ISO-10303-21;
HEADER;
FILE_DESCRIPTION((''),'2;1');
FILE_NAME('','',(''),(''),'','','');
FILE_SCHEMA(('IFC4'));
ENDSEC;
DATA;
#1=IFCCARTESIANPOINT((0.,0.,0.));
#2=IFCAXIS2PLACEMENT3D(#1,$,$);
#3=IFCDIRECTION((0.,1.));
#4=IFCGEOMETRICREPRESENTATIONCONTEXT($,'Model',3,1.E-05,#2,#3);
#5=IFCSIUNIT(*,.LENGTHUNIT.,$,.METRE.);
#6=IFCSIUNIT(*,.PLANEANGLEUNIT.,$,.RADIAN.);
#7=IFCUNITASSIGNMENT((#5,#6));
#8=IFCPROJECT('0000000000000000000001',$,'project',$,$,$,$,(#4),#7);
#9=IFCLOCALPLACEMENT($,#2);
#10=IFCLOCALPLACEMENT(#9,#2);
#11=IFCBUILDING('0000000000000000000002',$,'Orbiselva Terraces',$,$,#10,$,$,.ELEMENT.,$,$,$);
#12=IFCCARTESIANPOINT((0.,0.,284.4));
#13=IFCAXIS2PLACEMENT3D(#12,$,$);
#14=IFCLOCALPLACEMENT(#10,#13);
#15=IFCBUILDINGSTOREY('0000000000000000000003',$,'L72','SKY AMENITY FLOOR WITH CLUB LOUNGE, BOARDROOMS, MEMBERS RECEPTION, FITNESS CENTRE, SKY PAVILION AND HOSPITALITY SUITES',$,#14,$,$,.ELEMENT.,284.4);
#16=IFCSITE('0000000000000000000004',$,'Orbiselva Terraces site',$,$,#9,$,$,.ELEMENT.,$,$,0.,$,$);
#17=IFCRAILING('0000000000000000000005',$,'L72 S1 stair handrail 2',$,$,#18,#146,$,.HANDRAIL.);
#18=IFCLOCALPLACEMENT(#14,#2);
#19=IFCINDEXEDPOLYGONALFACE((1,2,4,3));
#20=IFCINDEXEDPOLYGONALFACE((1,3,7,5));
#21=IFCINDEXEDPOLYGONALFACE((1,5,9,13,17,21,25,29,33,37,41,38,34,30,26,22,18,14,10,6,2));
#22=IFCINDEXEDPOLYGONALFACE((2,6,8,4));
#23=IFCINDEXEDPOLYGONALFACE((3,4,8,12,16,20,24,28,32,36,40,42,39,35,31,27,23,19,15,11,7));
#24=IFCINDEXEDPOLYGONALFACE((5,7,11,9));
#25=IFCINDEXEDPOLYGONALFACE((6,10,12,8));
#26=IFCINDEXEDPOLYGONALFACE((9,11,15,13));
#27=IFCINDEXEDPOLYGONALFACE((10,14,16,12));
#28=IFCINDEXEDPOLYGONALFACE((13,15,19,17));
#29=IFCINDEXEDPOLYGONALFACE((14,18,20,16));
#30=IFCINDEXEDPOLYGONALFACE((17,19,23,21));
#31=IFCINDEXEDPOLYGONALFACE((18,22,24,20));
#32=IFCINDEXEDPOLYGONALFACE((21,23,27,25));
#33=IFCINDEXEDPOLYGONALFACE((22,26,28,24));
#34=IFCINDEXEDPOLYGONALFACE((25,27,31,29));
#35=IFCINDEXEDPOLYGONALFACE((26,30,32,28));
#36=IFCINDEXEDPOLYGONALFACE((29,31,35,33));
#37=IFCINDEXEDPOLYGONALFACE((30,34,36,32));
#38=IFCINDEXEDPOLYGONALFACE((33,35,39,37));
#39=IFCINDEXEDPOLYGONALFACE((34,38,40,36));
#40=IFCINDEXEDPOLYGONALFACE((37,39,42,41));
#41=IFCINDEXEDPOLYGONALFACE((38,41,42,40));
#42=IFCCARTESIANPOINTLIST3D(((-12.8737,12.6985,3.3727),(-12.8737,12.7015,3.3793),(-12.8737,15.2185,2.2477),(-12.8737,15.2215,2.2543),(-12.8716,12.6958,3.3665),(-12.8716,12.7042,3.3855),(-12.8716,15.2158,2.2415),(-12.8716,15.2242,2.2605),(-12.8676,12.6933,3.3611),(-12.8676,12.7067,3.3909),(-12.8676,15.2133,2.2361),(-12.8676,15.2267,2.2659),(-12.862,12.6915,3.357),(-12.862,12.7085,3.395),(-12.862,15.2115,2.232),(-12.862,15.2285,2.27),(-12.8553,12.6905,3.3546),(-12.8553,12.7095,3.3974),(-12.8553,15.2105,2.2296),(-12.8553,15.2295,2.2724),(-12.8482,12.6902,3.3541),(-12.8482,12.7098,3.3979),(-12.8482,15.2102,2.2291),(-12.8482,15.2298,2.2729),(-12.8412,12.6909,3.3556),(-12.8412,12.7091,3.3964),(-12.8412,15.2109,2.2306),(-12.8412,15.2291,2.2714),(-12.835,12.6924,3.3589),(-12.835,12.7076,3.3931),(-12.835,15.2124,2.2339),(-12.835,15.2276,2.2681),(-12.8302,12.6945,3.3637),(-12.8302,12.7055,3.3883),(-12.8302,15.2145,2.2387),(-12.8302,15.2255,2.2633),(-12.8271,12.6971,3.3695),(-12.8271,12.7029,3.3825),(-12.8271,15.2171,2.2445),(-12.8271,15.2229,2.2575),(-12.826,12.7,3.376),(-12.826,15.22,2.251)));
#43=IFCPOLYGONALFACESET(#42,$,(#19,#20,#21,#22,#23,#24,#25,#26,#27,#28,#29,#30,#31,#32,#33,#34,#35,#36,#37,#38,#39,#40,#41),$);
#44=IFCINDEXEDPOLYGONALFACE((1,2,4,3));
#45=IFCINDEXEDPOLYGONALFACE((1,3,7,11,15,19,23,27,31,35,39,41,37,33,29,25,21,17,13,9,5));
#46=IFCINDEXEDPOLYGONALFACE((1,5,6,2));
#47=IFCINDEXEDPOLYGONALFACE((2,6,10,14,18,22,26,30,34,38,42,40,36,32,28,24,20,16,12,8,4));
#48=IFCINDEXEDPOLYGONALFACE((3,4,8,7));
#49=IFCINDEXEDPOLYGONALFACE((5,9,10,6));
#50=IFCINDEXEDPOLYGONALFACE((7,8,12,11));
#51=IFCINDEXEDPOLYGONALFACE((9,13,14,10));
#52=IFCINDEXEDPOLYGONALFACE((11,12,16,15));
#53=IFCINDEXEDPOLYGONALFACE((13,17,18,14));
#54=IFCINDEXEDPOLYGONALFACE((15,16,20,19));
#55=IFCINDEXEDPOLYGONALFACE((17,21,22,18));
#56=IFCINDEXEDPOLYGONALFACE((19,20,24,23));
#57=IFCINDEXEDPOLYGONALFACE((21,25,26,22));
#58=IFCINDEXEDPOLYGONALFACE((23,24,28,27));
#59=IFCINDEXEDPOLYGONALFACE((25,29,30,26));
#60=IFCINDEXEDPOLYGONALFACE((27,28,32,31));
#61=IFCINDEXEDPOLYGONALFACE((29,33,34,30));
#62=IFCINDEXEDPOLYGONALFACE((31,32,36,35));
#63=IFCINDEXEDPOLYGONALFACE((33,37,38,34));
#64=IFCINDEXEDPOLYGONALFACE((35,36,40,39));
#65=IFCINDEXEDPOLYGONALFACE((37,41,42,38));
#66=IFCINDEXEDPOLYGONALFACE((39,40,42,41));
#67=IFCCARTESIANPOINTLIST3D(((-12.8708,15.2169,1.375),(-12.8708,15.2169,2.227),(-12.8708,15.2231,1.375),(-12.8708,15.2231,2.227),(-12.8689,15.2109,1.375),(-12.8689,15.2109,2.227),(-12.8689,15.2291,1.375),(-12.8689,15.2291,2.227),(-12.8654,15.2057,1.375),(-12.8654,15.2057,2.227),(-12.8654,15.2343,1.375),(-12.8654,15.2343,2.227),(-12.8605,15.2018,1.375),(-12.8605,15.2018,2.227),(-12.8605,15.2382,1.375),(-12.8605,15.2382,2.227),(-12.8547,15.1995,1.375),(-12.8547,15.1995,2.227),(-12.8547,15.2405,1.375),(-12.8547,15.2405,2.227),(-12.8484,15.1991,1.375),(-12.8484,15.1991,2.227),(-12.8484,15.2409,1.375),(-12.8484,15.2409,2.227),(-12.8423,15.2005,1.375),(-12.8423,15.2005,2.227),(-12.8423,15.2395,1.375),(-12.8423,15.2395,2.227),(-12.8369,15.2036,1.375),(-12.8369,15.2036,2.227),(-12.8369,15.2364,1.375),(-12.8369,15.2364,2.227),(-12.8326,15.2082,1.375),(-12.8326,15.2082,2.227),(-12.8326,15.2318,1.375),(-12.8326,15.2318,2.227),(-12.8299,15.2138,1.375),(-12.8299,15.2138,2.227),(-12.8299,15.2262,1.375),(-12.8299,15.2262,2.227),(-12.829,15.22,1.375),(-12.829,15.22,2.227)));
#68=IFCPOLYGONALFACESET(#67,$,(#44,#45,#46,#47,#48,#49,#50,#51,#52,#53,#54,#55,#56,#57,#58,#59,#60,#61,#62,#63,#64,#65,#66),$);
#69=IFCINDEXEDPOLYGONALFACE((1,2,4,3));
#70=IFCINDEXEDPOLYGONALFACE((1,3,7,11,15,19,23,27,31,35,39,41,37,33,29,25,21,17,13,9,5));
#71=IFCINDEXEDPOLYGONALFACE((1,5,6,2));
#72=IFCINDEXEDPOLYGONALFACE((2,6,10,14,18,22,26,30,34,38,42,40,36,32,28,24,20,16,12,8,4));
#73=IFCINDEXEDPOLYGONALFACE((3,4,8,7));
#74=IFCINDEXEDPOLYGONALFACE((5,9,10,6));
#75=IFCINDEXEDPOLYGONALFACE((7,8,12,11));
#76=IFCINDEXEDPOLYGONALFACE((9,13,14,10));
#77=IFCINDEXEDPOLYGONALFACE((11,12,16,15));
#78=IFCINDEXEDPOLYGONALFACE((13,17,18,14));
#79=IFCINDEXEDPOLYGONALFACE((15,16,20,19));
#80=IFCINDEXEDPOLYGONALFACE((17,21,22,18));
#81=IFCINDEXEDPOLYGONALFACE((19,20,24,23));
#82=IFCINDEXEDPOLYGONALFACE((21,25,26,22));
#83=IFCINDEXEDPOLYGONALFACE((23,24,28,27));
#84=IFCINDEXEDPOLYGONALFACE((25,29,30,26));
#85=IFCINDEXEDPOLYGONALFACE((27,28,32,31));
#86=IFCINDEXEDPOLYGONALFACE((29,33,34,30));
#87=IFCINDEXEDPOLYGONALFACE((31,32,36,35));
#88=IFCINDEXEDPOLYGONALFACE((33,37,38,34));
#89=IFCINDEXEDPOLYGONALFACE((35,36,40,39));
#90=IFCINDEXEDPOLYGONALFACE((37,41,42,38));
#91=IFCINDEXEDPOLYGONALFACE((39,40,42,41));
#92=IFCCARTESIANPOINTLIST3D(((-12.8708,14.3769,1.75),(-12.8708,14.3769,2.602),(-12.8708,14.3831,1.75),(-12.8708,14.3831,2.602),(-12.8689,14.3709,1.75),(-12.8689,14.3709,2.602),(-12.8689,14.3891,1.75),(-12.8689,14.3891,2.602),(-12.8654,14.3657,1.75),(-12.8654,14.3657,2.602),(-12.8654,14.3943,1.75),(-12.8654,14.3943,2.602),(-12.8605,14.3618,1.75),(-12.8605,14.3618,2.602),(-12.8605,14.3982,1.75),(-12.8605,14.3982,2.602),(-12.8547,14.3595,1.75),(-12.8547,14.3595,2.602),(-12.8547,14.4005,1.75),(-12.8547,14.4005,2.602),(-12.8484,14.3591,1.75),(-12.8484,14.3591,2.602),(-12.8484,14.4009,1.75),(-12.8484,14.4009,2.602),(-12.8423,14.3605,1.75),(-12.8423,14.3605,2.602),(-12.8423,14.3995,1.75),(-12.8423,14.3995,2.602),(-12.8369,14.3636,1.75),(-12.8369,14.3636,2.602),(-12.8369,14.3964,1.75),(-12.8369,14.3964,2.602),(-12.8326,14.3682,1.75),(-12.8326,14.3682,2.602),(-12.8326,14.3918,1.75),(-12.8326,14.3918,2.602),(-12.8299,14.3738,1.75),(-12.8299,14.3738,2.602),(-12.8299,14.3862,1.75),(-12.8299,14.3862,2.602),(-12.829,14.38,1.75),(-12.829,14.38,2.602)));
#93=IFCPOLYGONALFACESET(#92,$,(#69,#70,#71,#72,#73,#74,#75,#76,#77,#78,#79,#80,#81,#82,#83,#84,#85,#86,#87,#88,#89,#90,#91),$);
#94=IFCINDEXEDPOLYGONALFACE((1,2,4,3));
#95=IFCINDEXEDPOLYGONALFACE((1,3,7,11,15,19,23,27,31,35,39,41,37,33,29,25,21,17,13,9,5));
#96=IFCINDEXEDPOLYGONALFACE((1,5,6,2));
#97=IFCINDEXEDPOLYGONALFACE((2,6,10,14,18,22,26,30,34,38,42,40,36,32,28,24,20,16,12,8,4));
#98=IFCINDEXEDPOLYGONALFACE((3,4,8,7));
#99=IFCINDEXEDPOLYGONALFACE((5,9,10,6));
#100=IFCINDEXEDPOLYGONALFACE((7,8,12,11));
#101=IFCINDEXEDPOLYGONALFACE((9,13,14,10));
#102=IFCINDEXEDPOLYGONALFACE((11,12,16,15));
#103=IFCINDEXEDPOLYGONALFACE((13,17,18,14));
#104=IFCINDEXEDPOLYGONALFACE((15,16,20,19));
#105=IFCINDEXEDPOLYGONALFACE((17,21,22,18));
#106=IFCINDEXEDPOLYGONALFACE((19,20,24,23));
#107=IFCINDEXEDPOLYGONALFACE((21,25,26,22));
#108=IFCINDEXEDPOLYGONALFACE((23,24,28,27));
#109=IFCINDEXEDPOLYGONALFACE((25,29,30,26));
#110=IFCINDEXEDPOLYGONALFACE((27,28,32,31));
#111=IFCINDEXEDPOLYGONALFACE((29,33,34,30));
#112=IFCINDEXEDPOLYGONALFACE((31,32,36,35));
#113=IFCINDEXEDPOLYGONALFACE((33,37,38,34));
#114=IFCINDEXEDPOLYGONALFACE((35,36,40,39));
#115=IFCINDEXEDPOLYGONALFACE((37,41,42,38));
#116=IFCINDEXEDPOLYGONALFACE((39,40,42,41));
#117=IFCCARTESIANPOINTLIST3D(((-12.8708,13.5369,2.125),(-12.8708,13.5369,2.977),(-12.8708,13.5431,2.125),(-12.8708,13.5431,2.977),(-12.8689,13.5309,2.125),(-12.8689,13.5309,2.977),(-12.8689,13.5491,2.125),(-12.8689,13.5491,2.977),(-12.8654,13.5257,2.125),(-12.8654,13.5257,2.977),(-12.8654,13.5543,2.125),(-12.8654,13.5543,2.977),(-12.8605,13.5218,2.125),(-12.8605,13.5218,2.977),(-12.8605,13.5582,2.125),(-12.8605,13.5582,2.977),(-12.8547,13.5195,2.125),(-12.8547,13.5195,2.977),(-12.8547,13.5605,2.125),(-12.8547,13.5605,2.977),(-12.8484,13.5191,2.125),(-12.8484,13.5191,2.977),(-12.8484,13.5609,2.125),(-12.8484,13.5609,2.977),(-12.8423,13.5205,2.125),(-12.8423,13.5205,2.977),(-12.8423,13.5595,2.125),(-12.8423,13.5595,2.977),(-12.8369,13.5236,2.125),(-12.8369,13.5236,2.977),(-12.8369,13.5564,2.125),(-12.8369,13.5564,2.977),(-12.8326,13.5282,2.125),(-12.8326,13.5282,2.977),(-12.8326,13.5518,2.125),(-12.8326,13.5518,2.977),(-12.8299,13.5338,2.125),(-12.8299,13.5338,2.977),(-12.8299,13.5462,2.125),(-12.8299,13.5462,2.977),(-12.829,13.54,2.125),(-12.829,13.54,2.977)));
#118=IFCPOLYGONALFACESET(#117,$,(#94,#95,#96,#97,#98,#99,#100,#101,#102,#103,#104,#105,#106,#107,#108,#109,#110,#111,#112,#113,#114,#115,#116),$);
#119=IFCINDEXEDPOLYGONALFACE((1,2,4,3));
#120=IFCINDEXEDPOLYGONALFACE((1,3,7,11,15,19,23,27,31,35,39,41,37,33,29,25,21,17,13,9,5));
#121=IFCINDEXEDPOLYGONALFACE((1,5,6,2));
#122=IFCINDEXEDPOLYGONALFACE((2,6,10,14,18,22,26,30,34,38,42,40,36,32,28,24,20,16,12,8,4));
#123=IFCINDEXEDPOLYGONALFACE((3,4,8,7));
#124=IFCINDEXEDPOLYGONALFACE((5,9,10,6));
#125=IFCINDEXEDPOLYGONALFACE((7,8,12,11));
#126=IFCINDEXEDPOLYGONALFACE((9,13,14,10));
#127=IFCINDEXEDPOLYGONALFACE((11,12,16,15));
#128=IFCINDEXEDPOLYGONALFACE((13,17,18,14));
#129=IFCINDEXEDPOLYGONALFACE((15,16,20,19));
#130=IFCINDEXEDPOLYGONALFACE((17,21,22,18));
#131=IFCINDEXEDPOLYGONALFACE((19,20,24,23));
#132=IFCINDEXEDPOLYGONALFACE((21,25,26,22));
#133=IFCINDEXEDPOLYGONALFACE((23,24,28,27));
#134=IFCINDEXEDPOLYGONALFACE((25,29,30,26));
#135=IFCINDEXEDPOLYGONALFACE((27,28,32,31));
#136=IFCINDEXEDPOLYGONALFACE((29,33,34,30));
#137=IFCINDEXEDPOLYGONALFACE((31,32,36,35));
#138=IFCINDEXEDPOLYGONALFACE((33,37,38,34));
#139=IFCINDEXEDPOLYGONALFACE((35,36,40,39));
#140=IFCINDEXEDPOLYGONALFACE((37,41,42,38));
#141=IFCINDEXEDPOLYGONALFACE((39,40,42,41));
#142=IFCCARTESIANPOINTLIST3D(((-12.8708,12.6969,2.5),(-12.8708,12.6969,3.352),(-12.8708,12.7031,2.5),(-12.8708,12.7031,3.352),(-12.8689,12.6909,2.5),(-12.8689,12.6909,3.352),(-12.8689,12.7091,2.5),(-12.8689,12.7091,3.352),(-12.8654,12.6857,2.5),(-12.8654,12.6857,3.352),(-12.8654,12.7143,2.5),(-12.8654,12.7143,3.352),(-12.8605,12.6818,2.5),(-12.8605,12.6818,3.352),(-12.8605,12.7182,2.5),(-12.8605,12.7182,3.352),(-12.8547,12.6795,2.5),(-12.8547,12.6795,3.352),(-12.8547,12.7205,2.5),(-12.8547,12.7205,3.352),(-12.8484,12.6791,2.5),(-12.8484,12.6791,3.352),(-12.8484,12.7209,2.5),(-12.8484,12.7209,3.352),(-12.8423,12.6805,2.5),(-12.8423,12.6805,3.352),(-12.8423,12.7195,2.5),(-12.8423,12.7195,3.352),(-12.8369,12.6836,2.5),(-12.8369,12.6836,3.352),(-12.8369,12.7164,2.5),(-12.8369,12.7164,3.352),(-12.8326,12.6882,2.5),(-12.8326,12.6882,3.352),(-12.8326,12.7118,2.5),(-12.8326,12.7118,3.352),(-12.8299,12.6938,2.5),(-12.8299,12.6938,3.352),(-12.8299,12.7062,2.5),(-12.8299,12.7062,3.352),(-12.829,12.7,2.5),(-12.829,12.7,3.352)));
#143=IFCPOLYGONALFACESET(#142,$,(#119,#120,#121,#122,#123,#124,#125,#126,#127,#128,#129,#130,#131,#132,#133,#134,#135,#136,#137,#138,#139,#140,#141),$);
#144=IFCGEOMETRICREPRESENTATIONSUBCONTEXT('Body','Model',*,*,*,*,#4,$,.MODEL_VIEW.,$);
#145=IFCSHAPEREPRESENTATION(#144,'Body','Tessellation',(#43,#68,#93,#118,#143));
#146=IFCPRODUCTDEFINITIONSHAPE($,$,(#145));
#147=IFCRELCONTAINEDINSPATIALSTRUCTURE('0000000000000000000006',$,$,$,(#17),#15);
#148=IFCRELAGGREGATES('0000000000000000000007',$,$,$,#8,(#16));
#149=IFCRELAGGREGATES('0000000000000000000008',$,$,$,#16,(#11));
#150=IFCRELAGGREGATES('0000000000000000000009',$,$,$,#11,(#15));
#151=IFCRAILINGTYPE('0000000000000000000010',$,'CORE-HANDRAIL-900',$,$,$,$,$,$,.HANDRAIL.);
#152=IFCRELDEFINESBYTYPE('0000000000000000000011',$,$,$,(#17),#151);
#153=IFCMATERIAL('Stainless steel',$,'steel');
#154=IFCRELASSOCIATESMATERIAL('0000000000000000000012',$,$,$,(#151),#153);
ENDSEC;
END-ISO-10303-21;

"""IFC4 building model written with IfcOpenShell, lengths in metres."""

from ifc_helpers import new_model, si_unit, direction, frame, origin, origin_2d, place, context, subcontext, project, spatial, circle, extrude, material, type_object, element, save


model = new_model("IFC4")

# Units and contexts
model_context = context("Model", 3, precision=1e-05, world=origin(), true_north=direction((0.0, 1.0)))
body_context = subcontext(model_context, "Body", "Model", "MODEL_VIEW")
ifc_project = project(units=[si_unit("LENGTHUNIT", "METRE"), si_unit("PLANEANGLEUNIT", "RADIAN")], contexts=[model_context])

# Site, building, storey
site_placement = place(None, origin())
site = spatial("IfcSite", under=ifc_project, at=site_placement, Name="Orbiselva Terraces site", CompositionType="ELEMENT", RefElevation=0.0)
building_placement = place(site_placement, origin())
building = spatial("IfcBuilding", under=site, at=building_placement, Name="Orbiselva Terraces", CompositionType="ELEMENT")
storey_placement = place(building_placement, frame((0.0, 0.0, 284.4)))
storey = spatial("IfcBuildingStorey", under=building, at=storey_placement, Name="L72", Description="SKY AMENITY FLOOR WITH CLUB LOUNGE, BOARDROOMS, MEMBERS RECEPTION, FITNESS CENTRE, SKY PAVILION AND HOSPITALITY SUITES", CompositionType="ELEMENT", Elevation=284.4)

# Railing
ifc_material_1 = material(Name="Stainless steel", Category="steel")
railing_type_1 = type_object("IfcRailingType", Name="CORE-HANDRAIL-900", PredefinedType="HANDRAIL", material=ifc_material_1)
railing_1_placement = place(storey_placement, frame((-12.85, 15.22, 1.375)))
element("IfcRailing", 1, at=railing_1_placement, inside=storey, type_object=railing_type_1, Name="L72 S1 stair handrail 2", PredefinedType="HANDRAIL", context=body_context, shape_type="SweptSolid", body=[
    extrude(circle(Radius=0.024, at=origin_2d()), frame((0.0, 0.0, 0.876), z_axis=(0.0, -0.913138, 0.407651), x_axis=(1.0, 0.0, 0.0)), (0.0, 0.0, 1.0), 2.7597),
    extrude(circle(Radius=0.021, at=origin_2d()), origin(), (0.0, 0.0, 1.0), 0.852),
    extrude(circle(Radius=0.021, at=origin_2d()), frame((0.0, -0.84, 0.375)), (0.0, 0.0, 1.0), 0.852),
    extrude(circle(Radius=0.021, at=origin_2d()), frame((0.0, -1.68, 0.75)), (0.0, 0.0, 1.0), 0.852),
    extrude(circle(Radius=0.021, at=origin_2d()), frame((0.0, -2.52, 1.125)), (0.0, 0.0, 1.0), 0.852),
])

save(model, "model.ifc")
